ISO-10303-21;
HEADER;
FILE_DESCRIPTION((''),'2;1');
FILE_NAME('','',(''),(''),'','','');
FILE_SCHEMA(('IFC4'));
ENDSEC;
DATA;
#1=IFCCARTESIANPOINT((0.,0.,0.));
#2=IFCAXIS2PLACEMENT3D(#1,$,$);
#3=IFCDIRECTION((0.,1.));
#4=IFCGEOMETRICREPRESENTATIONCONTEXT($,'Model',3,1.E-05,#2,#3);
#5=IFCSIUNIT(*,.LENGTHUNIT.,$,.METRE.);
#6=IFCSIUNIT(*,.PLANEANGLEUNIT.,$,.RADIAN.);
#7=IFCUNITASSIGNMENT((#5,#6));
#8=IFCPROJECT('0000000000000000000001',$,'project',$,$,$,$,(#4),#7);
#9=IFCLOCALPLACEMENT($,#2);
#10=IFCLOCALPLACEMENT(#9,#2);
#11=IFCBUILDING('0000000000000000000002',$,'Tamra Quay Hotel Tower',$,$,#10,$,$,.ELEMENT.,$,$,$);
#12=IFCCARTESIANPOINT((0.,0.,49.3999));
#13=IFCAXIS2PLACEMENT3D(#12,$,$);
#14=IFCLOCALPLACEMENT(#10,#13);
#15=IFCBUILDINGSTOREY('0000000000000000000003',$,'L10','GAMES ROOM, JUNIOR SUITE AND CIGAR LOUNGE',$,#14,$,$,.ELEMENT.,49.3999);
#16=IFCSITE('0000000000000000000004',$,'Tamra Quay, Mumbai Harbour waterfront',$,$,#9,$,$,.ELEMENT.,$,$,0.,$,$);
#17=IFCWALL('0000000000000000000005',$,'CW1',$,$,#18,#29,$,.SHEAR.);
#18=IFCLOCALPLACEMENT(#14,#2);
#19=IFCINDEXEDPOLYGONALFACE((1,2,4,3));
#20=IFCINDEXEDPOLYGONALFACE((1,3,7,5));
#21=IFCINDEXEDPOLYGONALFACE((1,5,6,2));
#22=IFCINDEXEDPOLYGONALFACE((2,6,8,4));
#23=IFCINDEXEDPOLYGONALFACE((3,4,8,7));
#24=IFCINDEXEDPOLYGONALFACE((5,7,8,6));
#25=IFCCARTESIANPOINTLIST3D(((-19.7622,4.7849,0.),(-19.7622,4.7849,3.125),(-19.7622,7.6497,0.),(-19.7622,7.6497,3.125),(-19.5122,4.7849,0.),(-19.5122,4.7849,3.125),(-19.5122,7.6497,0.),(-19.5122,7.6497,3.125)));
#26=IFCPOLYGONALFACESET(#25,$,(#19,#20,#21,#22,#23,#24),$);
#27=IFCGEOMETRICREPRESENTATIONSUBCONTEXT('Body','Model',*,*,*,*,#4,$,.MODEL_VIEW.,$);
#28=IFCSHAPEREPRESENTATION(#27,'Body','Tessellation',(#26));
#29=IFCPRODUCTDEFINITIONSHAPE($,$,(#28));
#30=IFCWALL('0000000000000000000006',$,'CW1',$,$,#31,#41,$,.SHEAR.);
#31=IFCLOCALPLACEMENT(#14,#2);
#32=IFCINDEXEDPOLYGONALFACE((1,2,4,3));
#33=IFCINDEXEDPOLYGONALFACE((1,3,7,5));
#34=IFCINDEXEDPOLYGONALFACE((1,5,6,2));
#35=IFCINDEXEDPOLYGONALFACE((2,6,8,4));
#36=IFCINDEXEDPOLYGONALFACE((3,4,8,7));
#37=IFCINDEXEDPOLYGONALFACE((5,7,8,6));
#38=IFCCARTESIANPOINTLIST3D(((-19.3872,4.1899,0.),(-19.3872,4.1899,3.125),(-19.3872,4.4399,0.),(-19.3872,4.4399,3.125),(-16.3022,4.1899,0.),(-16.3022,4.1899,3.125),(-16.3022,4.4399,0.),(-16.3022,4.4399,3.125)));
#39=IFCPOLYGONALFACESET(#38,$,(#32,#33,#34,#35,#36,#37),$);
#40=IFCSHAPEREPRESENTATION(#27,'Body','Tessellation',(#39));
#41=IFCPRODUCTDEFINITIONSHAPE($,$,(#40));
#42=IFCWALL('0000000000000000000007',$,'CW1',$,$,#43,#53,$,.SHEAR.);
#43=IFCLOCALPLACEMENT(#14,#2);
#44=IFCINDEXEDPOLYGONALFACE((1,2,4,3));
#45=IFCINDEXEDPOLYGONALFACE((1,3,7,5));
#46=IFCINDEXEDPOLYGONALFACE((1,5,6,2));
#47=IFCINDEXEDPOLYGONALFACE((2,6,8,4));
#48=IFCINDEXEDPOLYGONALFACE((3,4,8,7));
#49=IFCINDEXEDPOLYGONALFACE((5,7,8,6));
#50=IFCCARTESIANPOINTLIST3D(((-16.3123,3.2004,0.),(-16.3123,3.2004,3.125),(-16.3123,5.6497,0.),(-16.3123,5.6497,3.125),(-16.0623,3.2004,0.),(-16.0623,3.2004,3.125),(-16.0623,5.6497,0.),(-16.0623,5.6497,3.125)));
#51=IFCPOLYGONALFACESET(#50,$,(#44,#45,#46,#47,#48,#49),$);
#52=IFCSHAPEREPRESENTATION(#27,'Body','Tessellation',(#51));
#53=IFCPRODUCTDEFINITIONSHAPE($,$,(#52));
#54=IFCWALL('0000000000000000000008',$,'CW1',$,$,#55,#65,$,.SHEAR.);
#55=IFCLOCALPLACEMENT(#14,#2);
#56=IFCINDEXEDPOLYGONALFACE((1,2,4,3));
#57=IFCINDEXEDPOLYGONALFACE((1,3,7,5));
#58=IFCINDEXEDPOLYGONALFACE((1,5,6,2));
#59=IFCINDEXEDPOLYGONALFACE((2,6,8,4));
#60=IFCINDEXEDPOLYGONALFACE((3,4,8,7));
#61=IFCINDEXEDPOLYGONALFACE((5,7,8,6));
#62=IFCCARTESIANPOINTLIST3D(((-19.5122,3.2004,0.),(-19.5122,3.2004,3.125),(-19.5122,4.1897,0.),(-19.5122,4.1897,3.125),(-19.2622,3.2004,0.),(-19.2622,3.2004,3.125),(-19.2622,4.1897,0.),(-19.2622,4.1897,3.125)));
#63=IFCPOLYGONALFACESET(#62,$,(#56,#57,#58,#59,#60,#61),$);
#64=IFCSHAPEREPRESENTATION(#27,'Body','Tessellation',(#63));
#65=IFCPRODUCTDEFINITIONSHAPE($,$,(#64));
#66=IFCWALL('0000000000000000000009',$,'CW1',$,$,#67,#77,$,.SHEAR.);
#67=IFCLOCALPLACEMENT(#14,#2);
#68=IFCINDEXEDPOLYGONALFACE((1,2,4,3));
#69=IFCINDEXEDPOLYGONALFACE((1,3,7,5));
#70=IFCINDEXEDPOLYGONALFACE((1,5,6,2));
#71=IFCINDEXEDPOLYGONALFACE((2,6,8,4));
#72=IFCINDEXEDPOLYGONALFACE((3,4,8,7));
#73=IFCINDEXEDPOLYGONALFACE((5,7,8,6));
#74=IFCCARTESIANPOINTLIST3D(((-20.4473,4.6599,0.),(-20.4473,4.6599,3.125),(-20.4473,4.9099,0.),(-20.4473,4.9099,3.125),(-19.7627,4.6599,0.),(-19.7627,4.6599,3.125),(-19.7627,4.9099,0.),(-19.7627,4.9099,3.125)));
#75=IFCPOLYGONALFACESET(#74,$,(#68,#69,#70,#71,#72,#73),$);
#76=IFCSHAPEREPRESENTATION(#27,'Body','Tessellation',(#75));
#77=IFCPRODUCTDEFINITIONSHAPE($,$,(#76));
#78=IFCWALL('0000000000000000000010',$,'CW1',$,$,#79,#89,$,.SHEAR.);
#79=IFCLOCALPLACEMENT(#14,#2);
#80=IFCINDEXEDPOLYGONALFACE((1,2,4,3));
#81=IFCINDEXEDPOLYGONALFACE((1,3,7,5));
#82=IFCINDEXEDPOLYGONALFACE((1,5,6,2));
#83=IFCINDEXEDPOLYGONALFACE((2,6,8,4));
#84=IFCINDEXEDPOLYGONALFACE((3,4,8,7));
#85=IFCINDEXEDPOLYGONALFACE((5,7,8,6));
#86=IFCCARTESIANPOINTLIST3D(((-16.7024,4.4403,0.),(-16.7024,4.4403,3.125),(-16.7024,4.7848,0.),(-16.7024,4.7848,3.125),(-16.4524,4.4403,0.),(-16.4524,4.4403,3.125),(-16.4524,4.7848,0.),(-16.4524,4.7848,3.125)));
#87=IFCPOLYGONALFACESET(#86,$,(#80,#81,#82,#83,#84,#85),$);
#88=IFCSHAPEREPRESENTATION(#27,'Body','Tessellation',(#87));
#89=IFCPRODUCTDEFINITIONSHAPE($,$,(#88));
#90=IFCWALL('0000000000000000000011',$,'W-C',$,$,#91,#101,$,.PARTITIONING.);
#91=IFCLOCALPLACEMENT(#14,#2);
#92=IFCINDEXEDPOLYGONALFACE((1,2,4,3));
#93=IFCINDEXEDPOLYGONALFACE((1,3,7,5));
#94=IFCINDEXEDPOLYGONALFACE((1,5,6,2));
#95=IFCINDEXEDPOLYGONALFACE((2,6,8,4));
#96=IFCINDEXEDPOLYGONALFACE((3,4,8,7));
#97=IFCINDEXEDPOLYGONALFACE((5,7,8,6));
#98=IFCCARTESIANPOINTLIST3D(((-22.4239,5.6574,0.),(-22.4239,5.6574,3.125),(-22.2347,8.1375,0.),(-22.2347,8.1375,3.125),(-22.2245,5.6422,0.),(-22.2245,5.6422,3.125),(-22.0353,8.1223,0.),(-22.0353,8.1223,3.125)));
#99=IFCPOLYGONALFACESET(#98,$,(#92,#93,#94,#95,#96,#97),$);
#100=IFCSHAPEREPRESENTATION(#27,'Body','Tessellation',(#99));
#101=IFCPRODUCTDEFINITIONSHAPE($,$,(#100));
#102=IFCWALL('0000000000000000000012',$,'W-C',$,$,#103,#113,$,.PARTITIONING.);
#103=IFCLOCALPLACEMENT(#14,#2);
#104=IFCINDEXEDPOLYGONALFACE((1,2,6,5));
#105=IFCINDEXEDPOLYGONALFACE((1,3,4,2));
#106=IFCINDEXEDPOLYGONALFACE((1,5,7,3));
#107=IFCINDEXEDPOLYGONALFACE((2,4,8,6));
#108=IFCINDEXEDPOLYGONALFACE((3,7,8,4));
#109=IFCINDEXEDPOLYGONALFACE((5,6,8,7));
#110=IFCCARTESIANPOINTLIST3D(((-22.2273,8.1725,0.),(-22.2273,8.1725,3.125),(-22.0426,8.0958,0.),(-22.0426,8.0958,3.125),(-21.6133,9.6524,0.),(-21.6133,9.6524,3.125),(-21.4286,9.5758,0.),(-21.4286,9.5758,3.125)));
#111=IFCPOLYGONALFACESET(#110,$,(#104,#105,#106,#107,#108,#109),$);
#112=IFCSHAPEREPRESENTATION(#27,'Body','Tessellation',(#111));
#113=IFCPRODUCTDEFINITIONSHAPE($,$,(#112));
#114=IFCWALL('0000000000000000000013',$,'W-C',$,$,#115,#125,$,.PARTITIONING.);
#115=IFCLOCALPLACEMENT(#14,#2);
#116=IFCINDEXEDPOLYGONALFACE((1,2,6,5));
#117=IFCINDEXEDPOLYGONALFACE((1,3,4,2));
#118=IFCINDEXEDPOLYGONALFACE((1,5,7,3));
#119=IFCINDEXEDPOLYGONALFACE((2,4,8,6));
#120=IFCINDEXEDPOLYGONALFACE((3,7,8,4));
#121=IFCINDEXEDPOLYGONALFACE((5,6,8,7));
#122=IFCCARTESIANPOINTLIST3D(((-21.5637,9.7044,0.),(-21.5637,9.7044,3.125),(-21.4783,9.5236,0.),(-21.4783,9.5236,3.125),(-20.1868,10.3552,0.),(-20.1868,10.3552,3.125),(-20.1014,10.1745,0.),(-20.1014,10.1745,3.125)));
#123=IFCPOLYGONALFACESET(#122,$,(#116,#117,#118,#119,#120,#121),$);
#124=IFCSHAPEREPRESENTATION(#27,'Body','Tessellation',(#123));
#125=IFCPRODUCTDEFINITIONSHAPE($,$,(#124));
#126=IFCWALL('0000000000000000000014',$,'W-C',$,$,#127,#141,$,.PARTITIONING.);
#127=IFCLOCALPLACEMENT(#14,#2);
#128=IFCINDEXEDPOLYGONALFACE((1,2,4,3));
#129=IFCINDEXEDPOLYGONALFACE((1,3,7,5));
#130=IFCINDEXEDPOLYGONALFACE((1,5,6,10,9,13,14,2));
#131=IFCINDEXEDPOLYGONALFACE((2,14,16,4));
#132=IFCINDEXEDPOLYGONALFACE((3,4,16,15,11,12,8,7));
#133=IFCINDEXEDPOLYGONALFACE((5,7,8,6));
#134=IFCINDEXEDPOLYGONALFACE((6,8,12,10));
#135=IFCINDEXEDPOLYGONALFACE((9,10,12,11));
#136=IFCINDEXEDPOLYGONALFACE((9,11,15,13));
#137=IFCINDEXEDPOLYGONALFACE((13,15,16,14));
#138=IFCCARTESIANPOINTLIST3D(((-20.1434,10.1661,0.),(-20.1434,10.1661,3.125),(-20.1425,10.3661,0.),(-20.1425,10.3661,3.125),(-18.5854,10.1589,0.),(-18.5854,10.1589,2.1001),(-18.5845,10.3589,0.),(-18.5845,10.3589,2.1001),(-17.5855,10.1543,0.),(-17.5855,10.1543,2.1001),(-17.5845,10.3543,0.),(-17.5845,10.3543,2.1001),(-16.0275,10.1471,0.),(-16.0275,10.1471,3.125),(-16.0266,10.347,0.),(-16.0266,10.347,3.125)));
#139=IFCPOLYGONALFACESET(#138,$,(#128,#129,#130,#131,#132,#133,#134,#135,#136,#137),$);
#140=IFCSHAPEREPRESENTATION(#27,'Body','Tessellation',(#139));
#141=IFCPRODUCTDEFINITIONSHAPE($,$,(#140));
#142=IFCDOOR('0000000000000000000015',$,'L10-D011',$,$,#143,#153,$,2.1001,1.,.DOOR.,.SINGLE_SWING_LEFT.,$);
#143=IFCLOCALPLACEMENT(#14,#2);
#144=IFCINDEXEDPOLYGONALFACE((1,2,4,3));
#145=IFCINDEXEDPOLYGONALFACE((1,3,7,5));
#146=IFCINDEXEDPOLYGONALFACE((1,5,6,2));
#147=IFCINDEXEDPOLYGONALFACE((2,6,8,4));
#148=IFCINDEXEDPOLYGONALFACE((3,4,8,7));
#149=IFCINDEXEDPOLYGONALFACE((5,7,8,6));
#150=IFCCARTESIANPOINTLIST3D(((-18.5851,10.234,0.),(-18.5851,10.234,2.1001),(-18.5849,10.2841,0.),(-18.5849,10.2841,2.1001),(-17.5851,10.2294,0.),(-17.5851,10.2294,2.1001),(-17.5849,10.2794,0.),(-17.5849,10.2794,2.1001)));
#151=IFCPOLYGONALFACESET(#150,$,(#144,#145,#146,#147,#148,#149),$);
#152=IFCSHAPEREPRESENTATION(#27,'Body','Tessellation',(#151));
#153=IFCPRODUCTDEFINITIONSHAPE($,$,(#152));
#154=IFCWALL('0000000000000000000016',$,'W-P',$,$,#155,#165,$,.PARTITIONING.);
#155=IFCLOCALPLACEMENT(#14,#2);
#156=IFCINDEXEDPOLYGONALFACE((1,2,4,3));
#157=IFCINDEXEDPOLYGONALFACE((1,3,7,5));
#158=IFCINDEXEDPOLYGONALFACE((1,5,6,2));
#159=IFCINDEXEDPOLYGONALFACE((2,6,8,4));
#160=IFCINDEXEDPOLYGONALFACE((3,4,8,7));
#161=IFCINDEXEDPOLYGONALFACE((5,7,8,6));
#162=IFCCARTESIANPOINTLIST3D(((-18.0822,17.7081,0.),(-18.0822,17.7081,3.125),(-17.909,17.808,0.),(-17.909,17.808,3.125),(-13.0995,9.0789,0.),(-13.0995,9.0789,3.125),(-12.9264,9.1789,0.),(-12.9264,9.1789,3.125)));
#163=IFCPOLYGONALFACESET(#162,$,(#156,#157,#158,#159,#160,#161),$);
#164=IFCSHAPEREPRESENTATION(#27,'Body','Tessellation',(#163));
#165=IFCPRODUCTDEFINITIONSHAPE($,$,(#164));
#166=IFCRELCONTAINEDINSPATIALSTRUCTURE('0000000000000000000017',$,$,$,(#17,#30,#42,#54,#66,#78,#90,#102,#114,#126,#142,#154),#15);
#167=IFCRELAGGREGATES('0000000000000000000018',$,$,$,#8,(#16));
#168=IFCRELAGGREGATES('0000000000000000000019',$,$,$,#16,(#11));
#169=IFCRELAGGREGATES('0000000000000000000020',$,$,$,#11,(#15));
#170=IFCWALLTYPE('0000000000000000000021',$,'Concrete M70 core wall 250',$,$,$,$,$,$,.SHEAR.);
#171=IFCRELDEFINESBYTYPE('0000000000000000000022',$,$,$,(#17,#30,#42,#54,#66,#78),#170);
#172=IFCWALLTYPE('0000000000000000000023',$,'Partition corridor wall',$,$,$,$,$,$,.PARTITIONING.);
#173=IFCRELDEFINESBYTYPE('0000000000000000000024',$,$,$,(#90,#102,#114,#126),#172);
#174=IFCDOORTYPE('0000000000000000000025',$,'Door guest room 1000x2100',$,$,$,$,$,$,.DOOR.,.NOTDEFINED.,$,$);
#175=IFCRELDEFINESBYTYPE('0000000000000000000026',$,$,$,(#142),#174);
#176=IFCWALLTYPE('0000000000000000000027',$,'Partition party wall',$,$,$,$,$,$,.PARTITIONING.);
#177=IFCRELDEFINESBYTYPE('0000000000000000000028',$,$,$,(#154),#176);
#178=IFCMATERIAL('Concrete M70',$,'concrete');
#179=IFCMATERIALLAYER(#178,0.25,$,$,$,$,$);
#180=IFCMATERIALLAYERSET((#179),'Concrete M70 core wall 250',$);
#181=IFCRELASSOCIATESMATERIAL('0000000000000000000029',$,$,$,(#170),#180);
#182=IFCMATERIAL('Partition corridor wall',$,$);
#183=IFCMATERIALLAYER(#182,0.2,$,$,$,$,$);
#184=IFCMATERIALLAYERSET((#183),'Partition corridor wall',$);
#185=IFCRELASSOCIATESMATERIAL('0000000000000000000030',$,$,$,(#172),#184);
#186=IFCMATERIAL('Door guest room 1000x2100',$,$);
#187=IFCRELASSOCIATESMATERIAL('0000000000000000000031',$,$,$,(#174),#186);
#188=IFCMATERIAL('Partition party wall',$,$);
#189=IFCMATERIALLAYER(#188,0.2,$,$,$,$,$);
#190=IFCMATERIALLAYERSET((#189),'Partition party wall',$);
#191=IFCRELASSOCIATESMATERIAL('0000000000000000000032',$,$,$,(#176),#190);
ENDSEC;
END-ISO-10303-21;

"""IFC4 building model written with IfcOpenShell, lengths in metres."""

from ifc_helpers import new_model, si_unit, direction, frame, frame_2d, origin, place, context, subcontext, project, spatial, rectangle, extrude, material, layer, layer_set, type_object, element, fill, save


model = new_model("IFC4")

# Units and contexts
model_context = context("Model", 3, precision=1e-05, world=origin(), true_north=direction((0.0, 1.0)))
body_context = subcontext(model_context, "Body", "Model", "MODEL_VIEW")
ifc_project = project(units=[si_unit("LENGTHUNIT", "METRE"), si_unit("PLANEANGLEUNIT", "RADIAN")], contexts=[model_context])

# Site, building, storey
site_placement = place(None, origin())
site = spatial("IfcSite", under=ifc_project, at=site_placement, Name="Tamra Quay, Mumbai Harbour waterfront", CompositionType="ELEMENT", RefElevation=0.0)
building_placement = place(site_placement, origin())
building = spatial("IfcBuilding", under=site, at=building_placement, Name="Tamra Quay Hotel Tower", CompositionType="ELEMENT")
storey_placement = place(building_placement, frame((0.0, 0.0, 49.3999)))
storey = spatial("IfcBuildingStorey", under=building, at=storey_placement, Name="L10", Description="GAMES ROOM, JUNIOR SUITE AND CIGAR LOUNGE", CompositionType="ELEMENT", Elevation=49.3999)

# Shared definitions
ifc_material_1 = material(Name="Concrete M70", Category="concrete")

# Walls
ifc_layer_1 = layer(ifc_material_1, 0.25)
ifc_layer_set_1 = layer_set([ifc_layer_1], Name="Concrete M70 core wall 250")
wall_type_1 = type_object("IfcWallType", Name="Concrete M70 core wall 250", PredefinedType="SHEAR", material=ifc_layer_set_1)
for number, where, z_axis, x_axis, name in (
    (1, (-19.6372, 4.7849, 0.0), (0.0, 0.0, 1.0), (0.0, 1.0, 0.0), "CW1"),
):
    element("IfcWall", number, at=place(storey_placement, frame(where, z_axis=z_axis, x_axis=x_axis)), inside=storey, type_object=wall_type_1, Name=name, PredefinedType="SHEAR", context=body_context, shape_type="SweptSolid", body=[
        extrude(rectangle(XDim=2.8647, YDim=0.25, at=frame_2d((1.4324, 0.0))), origin(), (0.0, 0.0, 1.0), 3.125),
    ])
wall_1_placement = place(storey_placement, frame((-16.3022, 4.3149, 0.0), z_axis=(0.0, 0.0, 1.0), x_axis=(-1.0, 0.0, 0.0)))
element("IfcWall", 2, at=wall_1_placement, inside=storey, type_object=wall_type_1, Name="CW1", PredefinedType="SHEAR", context=body_context, shape_type="SweptSolid", body=[
    extrude(rectangle(XDim=3.085, YDim=0.25, at=frame_2d((1.5425, 0.0))), origin(), (0.0, 0.0, 1.0), 3.125),
])
wall_2_placement = place(storey_placement, frame((-16.1873, 3.2004, 0.0), z_axis=(0.0, 0.0, 1.0), x_axis=(0.0, 1.0, 0.0)))
element("IfcWall", 3, at=wall_2_placement, inside=storey, type_object=wall_type_1, Name="CW1", PredefinedType="SHEAR", context=body_context, shape_type="SweptSolid", body=[
    extrude(rectangle(XDim=2.4492, YDim=0.25, at=frame_2d((1.2246, 0.0))), origin(), (0.0, 0.0, 1.0), 3.125),
])
wall_3_placement = place(storey_placement, frame((-19.3872, 4.1897, 0.0), z_axis=(0.0, 0.0, 1.0), x_axis=(0.0, -1.0, 0.0)))
element("IfcWall", 4, at=wall_3_placement, inside=storey, type_object=wall_type_1, Name="CW1", PredefinedType="SHEAR", context=body_context, shape_type="SweptSolid", body=[
    extrude(rectangle(XDim=0.9893, YDim=0.25, at=frame_2d((0.4946, 0.0))), origin(), (0.0, 0.0, 1.0), 3.125),
])
wall_4_placement = place(storey_placement, frame((-20.4473, 4.7849, 0.0), z_axis=(0.0, 0.0, 1.0), x_axis=(1.0, 0.0, 0.0)))
element("IfcWall", 5, at=wall_4_placement, inside=storey, type_object=wall_type_1, Name="CW1", PredefinedType="SHEAR", context=body_context, shape_type="SweptSolid", body=[
    extrude(rectangle(XDim=0.6846, YDim=0.25, at=frame_2d((0.3423, 0.0))), origin(), (0.0, 0.0, 1.0), 3.125),
])
wall_5_placement = place(storey_placement, frame((-16.5774, 4.7849, 0.0), z_axis=(0.0, 0.0, 1.0), x_axis=(0.0, -1.0, 0.0)))
element("IfcWall", 6, at=wall_5_placement, inside=storey, type_object=wall_type_1, Name="CW1", PredefinedType="SHEAR", context=body_context, shape_type="SweptSolid", body=[
    extrude(rectangle(XDim=0.3445, YDim=0.25, at=frame_2d((0.1724, 0.0))), origin(), (0.0, 0.0, 1.0), 3.125),
])
ifc_material_2 = material(Name="Partition corridor wall")
ifc_layer_2 = layer(ifc_material_2, 0.2)
ifc_layer_set_2 = layer_set([ifc_layer_2], Name="Partition corridor wall")
wall_type_2 = type_object("IfcWallType", Name="Partition corridor wall", PredefinedType="PARTITIONING", material=ifc_layer_set_2)
wall_6_placement = place(storey_placement, frame((-22.135, 8.1299, 0.0), z_axis=(0.0, 0.0, 1.0), x_axis=(-0.076073, -0.997102, 0.0)))
element("IfcWall", 7, at=wall_6_placement, inside=storey, type_object=wall_type_2, Name="W-C", PredefinedType="PARTITIONING", context=body_context, shape_type="SweptSolid", body=[
    extrude(rectangle(XDim=2.4873, YDim=0.2, at=frame_2d((1.2437, 0.0))), origin(), (0.0, 0.0, 1.0), 3.125),
])
wall_7_placement = place(storey_placement, frame((-22.135, 8.134, 0.0), z_axis=(0.0, 0.0, 1.0), x_axis=(0.383208, 0.923662, 0.0)))
element("IfcWall", 8, at=wall_7_placement, inside=storey, type_object=wall_type_2, Name="W-C", PredefinedType="PARTITIONING", context=body_context, shape_type="SweptSolid", body=[
    extrude(rectangle(XDim=1.6023, YDim=0.2, at=frame_2d((0.8013, 0.0))), origin(), (0.0, 0.0, 1.0), 3.125),
])
wall_8_placement = place(storey_placement, frame((-21.521, 9.614, 0.0), z_axis=(0.0, 0.0, 1.0), x_axis=(0.904084, 0.427356, 0.0)))
element("IfcWall", 9, at=wall_8_placement, inside=storey, type_object=wall_type_2, Name="W-C", PredefinedType="PARTITIONING", context=body_context, shape_type="SweptSolid", body=[
    extrude(rectangle(XDim=1.5229, YDim=0.2, at=frame_2d((0.7615, 0.0))), origin(), (0.0, 0.0, 1.0), 3.125),
])

# Wall, opening, door
wall_9_placement = place(storey_placement, frame((-20.1431, 10.2661, 0.0), z_axis=(0.0, 0.0, 1.0), x_axis=(0.999989, -0.004627, 0.0)))
wall_9 = element("IfcWall", 10, at=wall_9_placement, inside=storey, type_object=wall_type_2, Name="W-C", PredefinedType="PARTITIONING", context=body_context, shape_type="SweptSolid", body=[
    extrude(rectangle(XDim=4.116, YDim=0.2, at=frame_2d((2.0581, 0.0))), origin(), (0.0, 0.0, 1.0), 3.125),
])
opening_1_placement = place(wall_9_placement, frame((1.5581, 0.0, 0.0)))
opening_1 = element("IfcOpeningElement", 11, at=opening_1_placement, cuts=wall_9, PredefinedType="OPENING", context=body_context, shape_type="SweptSolid", body=[
    extrude(rectangle(XDim=1.0, YDim=2.1001, at=frame_2d((0.5, 1.05))), frame((0.0, 0.1099, 0.0), z_axis=(0.0, -1.0, 0.0), x_axis=(1.0, 0.0, 0.0)), (0.0, 0.0, 1.0), 0.22),
])
ifc_material_3 = material(Name="Door guest room 1000x2100")
door_type_1 = type_object("IfcDoorType", Name="Door guest room 1000x2100", OperationType="NOTDEFINED", PredefinedType="DOOR", material=ifc_material_3)
door_1_placement = place(opening_1_placement, frame((1.0, 0.0, 0.0), z_axis=(0.0, 0.0, 1.0), x_axis=(-1.0, 0.0, 0.0)))
door_1 = element("IfcDoor", 12, at=door_1_placement, inside=storey, type_object=door_type_1, Name="L10-D011", OperationType="SINGLE_SWING_LEFT", OverallHeight=2.1001, OverallWidth=1.0, PredefinedType="DOOR", context=body_context, shape_type="SweptSolid", body=[
    extrude(rectangle(XDim=1.0, YDim=2.1001, at=frame_2d((0.5, 1.05))), frame((0.0, 0.0249, 0.0), z_axis=(0.0, -1.0, 0.0), x_axis=(1.0, 0.0, 0.0)), (0.0, 0.0, 1.0), 0.05),
])
fill(opening_1, door_1)

# Wall
ifc_material_4 = material(Name="Partition party wall")
ifc_layer_3 = layer(ifc_material_4, 0.2)
ifc_layer_set_3 = layer_set([ifc_layer_3], Name="Partition party wall")
wall_type_3 = type_object("IfcWallType", Name="Partition party wall", PredefinedType="PARTITIONING", material=ifc_layer_set_3)
wall_10_placement = place(storey_placement, frame((-17.9956, 17.7581, 0.0), z_axis=(0.0, 0.0, 1.0), x_axis=(0.500047, -0.865998, 0.0)))
element("IfcWall", 13, at=wall_10_placement, inside=storey, type_object=wall_type_3, Name="W-P", PredefinedType="PARTITIONING", context=body_context, shape_type="SweptSolid", body=[
    extrude(rectangle(XDim=9.9644, YDim=0.2, at=frame_2d((4.9822, 0.0))), origin(), (0.0, 0.0, 1.0), 3.125),
])

save(model, "model.ifc")
